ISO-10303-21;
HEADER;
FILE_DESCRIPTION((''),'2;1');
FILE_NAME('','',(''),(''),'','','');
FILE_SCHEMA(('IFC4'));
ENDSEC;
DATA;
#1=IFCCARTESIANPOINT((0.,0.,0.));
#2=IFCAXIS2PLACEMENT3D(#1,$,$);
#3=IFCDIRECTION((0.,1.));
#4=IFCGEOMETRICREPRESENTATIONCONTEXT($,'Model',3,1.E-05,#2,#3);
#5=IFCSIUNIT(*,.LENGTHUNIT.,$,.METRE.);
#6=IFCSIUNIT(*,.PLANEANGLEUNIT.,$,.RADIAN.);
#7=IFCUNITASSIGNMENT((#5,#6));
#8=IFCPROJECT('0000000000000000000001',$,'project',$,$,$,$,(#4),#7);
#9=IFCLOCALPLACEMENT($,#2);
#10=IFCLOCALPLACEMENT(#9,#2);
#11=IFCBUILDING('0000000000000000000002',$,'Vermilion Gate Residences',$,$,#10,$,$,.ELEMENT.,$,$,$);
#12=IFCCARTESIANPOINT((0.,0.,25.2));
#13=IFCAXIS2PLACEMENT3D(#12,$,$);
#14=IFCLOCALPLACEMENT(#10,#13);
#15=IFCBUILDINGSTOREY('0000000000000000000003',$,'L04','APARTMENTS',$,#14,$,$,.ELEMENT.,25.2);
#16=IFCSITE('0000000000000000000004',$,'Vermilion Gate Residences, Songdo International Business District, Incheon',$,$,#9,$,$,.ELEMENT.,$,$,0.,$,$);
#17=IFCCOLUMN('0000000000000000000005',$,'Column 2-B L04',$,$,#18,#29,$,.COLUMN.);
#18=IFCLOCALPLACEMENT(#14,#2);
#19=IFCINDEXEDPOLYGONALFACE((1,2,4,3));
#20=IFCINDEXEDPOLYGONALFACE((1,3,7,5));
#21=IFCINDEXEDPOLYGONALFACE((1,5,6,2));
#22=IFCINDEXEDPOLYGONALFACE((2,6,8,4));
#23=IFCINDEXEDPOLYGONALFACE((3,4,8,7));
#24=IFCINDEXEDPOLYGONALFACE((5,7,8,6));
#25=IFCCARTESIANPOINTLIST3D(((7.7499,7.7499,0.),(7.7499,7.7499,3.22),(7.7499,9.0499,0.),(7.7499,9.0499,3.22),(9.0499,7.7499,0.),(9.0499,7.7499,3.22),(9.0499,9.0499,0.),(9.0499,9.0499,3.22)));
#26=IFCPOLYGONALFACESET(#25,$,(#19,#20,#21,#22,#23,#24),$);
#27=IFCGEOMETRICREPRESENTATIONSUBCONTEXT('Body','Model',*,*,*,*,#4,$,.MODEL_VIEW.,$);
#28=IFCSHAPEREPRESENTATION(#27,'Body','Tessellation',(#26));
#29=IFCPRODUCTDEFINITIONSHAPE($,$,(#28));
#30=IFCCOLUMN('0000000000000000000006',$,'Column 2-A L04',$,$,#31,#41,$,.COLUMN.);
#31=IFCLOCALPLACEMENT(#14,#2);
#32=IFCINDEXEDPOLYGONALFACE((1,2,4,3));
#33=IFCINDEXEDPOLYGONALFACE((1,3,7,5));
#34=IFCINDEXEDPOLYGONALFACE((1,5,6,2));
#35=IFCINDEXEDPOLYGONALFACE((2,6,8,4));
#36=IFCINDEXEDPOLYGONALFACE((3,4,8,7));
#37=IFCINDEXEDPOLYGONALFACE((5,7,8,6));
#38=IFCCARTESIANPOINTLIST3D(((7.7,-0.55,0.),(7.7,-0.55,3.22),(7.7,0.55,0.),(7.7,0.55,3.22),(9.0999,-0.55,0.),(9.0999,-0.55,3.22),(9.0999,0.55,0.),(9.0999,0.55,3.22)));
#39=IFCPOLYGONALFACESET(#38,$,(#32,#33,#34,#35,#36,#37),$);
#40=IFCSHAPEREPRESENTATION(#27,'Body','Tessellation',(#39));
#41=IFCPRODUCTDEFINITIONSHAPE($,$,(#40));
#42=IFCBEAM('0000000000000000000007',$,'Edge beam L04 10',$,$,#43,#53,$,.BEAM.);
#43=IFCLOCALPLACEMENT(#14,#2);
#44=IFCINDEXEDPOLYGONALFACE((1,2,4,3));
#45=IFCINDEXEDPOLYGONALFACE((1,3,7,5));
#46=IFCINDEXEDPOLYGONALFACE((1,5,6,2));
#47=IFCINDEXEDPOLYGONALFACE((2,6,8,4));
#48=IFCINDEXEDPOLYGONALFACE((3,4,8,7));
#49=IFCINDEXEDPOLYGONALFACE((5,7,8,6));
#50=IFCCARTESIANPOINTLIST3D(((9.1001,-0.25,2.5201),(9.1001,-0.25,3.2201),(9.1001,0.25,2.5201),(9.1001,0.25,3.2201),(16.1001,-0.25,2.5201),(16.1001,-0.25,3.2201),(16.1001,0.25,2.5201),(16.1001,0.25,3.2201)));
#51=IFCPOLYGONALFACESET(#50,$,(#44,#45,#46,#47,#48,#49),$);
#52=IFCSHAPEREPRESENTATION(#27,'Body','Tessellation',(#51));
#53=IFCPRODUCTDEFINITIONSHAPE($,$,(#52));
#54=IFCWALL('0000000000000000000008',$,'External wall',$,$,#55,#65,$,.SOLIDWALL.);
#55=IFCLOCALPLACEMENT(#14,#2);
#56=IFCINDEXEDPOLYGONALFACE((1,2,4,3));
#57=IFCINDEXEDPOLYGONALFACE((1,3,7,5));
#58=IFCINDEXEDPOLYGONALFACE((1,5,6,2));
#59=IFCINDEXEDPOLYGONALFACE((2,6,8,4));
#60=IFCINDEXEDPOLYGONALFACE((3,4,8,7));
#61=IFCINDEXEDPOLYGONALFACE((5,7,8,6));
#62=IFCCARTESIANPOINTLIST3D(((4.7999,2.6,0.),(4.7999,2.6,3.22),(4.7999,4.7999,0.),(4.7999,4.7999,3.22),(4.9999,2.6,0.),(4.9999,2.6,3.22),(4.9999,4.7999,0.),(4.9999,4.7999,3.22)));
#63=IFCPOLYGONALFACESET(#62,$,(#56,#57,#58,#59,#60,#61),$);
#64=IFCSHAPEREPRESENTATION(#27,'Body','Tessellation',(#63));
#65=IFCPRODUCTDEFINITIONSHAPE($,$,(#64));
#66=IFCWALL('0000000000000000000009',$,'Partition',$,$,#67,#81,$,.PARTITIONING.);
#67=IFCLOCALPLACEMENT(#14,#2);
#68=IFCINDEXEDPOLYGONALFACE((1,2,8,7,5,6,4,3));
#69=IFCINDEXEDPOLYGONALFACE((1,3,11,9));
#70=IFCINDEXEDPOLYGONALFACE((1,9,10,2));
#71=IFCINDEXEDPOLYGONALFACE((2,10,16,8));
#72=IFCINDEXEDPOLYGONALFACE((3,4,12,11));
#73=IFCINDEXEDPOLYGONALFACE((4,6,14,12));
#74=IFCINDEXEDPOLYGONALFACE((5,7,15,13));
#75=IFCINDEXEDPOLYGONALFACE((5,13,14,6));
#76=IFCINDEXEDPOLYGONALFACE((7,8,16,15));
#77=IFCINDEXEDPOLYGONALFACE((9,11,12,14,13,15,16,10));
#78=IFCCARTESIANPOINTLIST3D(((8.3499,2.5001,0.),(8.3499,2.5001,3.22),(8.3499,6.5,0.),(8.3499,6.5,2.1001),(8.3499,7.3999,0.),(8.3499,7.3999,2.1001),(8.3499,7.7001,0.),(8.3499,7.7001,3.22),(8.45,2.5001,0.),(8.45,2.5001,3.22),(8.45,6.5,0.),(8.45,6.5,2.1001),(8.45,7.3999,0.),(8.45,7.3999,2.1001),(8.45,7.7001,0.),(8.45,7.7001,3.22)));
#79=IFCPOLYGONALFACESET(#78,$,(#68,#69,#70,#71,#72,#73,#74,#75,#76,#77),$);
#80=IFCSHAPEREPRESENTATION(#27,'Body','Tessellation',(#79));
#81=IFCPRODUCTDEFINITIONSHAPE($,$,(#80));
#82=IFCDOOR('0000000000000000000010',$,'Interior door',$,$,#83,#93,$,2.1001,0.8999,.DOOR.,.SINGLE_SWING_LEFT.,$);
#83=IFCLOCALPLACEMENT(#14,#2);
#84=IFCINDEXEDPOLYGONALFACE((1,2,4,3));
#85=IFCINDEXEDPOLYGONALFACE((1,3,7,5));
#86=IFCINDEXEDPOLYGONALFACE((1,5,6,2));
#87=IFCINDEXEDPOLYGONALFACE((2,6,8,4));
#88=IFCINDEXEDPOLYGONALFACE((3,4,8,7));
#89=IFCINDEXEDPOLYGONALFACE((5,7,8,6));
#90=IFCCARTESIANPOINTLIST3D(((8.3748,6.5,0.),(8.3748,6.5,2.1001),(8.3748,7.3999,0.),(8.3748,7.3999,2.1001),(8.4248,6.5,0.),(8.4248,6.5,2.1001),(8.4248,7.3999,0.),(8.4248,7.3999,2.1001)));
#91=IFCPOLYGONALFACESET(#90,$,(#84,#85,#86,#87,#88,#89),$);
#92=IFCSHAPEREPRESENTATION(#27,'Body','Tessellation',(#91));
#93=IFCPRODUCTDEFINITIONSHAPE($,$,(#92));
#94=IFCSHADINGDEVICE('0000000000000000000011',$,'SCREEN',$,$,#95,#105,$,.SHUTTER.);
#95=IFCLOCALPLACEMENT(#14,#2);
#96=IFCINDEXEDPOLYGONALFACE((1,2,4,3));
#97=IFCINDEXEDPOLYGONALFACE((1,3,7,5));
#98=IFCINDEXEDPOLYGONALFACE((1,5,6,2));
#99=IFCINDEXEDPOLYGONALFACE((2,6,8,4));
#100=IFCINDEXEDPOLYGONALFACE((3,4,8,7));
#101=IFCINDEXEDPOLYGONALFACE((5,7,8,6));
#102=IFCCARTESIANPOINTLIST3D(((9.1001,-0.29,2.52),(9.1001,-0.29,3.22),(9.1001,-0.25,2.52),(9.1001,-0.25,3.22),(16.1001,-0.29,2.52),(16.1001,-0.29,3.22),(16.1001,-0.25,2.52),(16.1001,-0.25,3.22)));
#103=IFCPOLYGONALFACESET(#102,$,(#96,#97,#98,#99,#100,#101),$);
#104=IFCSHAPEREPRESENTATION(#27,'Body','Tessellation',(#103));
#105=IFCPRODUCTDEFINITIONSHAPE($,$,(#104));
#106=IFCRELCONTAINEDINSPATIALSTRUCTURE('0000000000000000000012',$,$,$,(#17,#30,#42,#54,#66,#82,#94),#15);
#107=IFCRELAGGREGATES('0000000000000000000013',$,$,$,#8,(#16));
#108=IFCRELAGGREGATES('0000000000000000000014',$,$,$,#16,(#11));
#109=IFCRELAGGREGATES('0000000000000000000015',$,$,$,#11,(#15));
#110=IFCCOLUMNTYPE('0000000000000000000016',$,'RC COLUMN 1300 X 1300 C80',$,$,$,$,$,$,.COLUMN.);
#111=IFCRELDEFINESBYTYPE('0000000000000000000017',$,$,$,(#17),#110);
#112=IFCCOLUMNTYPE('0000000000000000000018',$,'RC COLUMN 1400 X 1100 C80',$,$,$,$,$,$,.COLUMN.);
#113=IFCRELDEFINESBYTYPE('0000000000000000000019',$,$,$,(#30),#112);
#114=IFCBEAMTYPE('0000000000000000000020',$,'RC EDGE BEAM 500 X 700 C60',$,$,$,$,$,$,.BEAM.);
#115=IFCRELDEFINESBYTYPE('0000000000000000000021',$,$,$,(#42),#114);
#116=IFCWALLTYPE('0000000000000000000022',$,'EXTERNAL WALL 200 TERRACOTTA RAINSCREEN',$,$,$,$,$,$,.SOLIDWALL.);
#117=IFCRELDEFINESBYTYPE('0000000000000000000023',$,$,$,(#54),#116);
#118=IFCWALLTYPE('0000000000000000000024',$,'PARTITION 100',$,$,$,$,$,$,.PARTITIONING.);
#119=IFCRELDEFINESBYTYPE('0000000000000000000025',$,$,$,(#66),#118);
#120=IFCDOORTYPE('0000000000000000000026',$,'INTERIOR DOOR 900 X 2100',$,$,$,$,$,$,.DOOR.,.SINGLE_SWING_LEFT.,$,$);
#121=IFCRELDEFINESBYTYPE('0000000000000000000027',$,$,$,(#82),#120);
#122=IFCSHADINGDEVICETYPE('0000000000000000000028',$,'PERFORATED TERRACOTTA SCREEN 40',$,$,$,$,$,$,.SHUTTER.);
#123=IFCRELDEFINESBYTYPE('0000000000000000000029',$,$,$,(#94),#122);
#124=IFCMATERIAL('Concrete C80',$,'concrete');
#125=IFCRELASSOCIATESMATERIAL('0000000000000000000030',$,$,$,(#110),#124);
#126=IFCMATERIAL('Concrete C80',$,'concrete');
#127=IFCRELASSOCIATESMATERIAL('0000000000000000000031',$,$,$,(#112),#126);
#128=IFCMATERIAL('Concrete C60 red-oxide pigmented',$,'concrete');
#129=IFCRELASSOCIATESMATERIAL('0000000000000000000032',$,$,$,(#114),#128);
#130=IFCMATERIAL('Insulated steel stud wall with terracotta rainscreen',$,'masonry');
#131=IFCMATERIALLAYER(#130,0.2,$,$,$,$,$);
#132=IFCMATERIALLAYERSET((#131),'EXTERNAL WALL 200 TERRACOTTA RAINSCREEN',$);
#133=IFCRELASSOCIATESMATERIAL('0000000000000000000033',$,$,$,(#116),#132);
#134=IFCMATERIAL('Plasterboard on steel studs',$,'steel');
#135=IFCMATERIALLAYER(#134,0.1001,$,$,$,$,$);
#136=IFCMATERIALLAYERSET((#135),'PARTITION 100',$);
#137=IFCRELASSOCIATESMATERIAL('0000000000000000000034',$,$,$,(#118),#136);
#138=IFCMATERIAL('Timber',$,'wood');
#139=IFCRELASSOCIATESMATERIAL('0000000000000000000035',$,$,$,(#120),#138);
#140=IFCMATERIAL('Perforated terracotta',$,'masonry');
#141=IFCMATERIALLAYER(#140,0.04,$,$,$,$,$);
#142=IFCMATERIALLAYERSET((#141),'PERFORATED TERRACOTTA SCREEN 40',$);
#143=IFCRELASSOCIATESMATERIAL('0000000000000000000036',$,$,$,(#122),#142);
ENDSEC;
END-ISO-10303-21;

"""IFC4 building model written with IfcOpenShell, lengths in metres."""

from ifc_helpers import new_model, si_unit, direction, frame, frame_2d, origin, origin_2d, place, context, subcontext, project, spatial, rectangle, extrude, material, layer, layer_set, material_profile, profile_set, type_object, element, fill, save


model = new_model("IFC4")

# Units and contexts
model_context = context("Model", 3, precision=1e-05, world=origin(), true_north=direction((0.0, 1.0)))
body_context = subcontext(model_context, "Body", "Model", "MODEL_VIEW")
ifc_project = project(units=[si_unit("LENGTHUNIT", "METRE"), si_unit("PLANEANGLEUNIT", "RADIAN")], contexts=[model_context])

# Site, building, storey
site_placement = place(None, origin())
site = spatial("IfcSite", under=ifc_project, at=site_placement, Name="Vermilion Gate Residences, Songdo International Business District, Incheon", CompositionType="ELEMENT", RefElevation=0.0)
building_placement = place(site_placement, origin())
building = spatial("IfcBuilding", under=site, at=building_placement, Name="Vermilion Gate Residences", CompositionType="ELEMENT")
storey_placement = place(building_placement, frame((0.0, 0.0, 25.2)))
storey = spatial("IfcBuildingStorey", under=building, at=storey_placement, Name="L04", Description="APARTMENTS", CompositionType="ELEMENT", Elevation=25.2)

# Columns
ifc_material_1 = material(Name="Concrete C80", Category="concrete")
ifc_material_profile_1 = material_profile(ifc_material_1, rectangle(XDim=1.3, YDim=1.3, at=origin_2d()), Name="RC-1300x1300")
ifc_profile_set_1 = profile_set([ifc_material_profile_1], Name="Concrete C80")
column_type_1 = type_object("IfcColumnType", Name="RC COLUMN 1300 X 1300 C80", PredefinedType="COLUMN", material=ifc_profile_set_1)
column_1_placement = place(storey_placement, frame((8.3999, 8.3999, 0.0), z_axis=(0.0, 0.0, 1.0), x_axis=(1.0, 0.0, 0.0)))
element("IfcColumn", 1, at=column_1_placement, inside=storey, type_object=column_type_1, Name="Column 2-B L04", PredefinedType="COLUMN", context=body_context, shape_type="SweptSolid", body=[
    extrude(rectangle(XDim=1.3, YDim=1.3, at=origin_2d()), origin(), (0.0, 0.0, 1.0), 3.22),
])
ifc_material_2 = material(Name="Concrete C80", Category="concrete")
ifc_material_profile_2 = material_profile(ifc_material_2, rectangle(XDim=1.3999, YDim=1.1001, at=origin_2d()), Name="RC-1400x1100")
ifc_profile_set_2 = profile_set([ifc_material_profile_2], Name="Concrete C80")
column_type_2 = type_object("IfcColumnType", Name="RC COLUMN 1400 X 1100 C80", PredefinedType="COLUMN", material=ifc_profile_set_2)
column_2_placement = place(storey_placement, frame((8.3999, 0.0, 0.0), z_axis=(0.0, 0.0, 1.0), x_axis=(1.0, 0.0, 0.0)))
element("IfcColumn", 2, at=column_2_placement, inside=storey, type_object=column_type_2, Name="Column 2-A L04", PredefinedType="COLUMN", context=body_context, shape_type="SweptSolid", body=[
    extrude(rectangle(XDim=1.3999, YDim=1.1001, at=origin_2d()), origin(), (0.0, 0.0, 1.0), 3.22),
])

# Beam
ifc_material_3 = material(Name="Concrete C60 red-oxide pigmented", Category="concrete")
ifc_material_profile_3 = material_profile(ifc_material_3, rectangle(XDim=0.5, YDim=0.7, at=origin_2d()), Name="RC-500x700")
ifc_profile_set_3 = profile_set([ifc_material_profile_3], Name="Concrete C60 red-oxide pigmented")
beam_type = type_object("IfcBeamType", Name="RC EDGE BEAM 500 X 700 C60", PredefinedType="BEAM", material=ifc_profile_set_3)
beam_placement = place(storey_placement, frame((9.1001, 0.0, 2.8701), z_axis=(1.0, 0.0, 0.0), x_axis=(0.0, 1.0, 0.0)))
element("IfcBeam", 3, at=beam_placement, inside=storey, type_object=beam_type, Name="Edge beam L04 10", PredefinedType="BEAM", context=body_context, shape_type="SweptSolid", body=[
    extrude(rectangle(XDim=0.5, YDim=0.7, at=origin_2d()), origin(), (0.0, 0.0, 1.0), 7.0),
])

# Wall
ifc_material_4 = material(Name="Insulated steel stud wall with terracotta rainscreen", Category="masonry")
ifc_layer_1 = layer(ifc_material_4, 0.2)
ifc_layer_set_1 = layer_set([ifc_layer_1], Name="EXTERNAL WALL 200 TERRACOTTA RAINSCREEN")
wall_type_1 = type_object("IfcWallType", Name="EXTERNAL WALL 200 TERRACOTTA RAINSCREEN", PredefinedType="SOLIDWALL", material=ifc_layer_set_1)
wall_1_placement = place(storey_placement, frame((4.8999, 4.8, 0.0), z_axis=(0.0, 0.0, 1.0), x_axis=(0.0, -1.0, 0.0)))
element("IfcWall", 4, at=wall_1_placement, inside=storey, type_object=wall_type_1, Name="External wall", PredefinedType="SOLIDWALL", context=body_context, shape_type="SweptSolid", body=[
    extrude(rectangle(XDim=2.2, YDim=0.2, at=frame_2d((1.1001, 0.0))), origin(), (0.0, 0.0, 1.0), 3.22),
])

# Wall, opening, door
ifc_material_5 = material(Name="Plasterboard on steel studs", Category="steel")
ifc_layer_2 = layer(ifc_material_5, 0.1001)
ifc_layer_set_2 = layer_set([ifc_layer_2], Name="PARTITION 100")
wall_type_2 = type_object("IfcWallType", Name="PARTITION 100", PredefinedType="PARTITIONING", material=ifc_layer_set_2)
wall_2_placement = place(storey_placement, frame((8.3999, 2.5, 0.0), z_axis=(0.0, 0.0, 1.0), x_axis=(0.0, 1.0, 0.0)))
wall_2 = element("IfcWall", 5, at=wall_2_placement, inside=storey, type_object=wall_type_2, Name="Partition", PredefinedType="PARTITIONING", context=body_context, shape_type="SweptSolid", body=[
    extrude(rectangle(XDim=5.2, YDim=0.1001, at=frame_2d((2.6001, 0.0))), origin(), (0.0, 0.0, 1.0), 3.22),
])
opening_1_placement = place(wall_2_placement, frame((4.0, 0.0, 0.0)))
opening_1 = element("IfcOpeningElement", 6, at=opening_1_placement, cuts=wall_2, PredefinedType="OPENING", context=body_context, shape_type="SweptSolid", body=[
    extrude(rectangle(XDim=0.8999, YDim=2.1001, at=frame_2d((0.45, 1.05))), frame((0.0, 0.0601, 0.0), z_axis=(0.0, -1.0, 0.0), x_axis=(1.0, 0.0, 0.0)), (0.0, 0.0, 1.0), 0.1201),
])
ifc_material_6 = material(Name="Timber", Category="wood")
door_type_1 = type_object("IfcDoorType", Name="INTERIOR DOOR 900 X 2100", OperationType="SINGLE_SWING_LEFT", PredefinedType="DOOR", material=ifc_material_6)
door_1_placement = place(opening_1_placement, frame((0.8999, 0.0, 0.0), z_axis=(0.0, 0.0, 1.0), x_axis=(-1.0, 0.0, 0.0)))
door_1 = element("IfcDoor", 7, at=door_1_placement, inside=storey, type_object=door_type_1, Name="Interior door", OperationType="SINGLE_SWING_LEFT", OverallHeight=2.1001, OverallWidth=0.8999, PredefinedType="DOOR", context=body_context, shape_type="SweptSolid", body=[
    extrude(rectangle(XDim=0.8999, YDim=2.1001, at=frame_2d((0.45, 1.05))), frame((0.0, 0.0249, 0.0), z_axis=(0.0, -1.0, 0.0), x_axis=(1.0, 0.0, 0.0)), (0.0, 0.0, 1.0), 0.05),
])
fill(opening_1, door_1)

# Shading device
ifc_material_7 = material(Name="Perforated terracotta", Category="masonry")
ifc_layer_3 = layer(ifc_material_7, 0.04)
ifc_layer_set_3 = layer_set([ifc_layer_3], Name="PERFORATED TERRACOTTA SCREEN 40")
shading_device_type = type_object("IfcShadingDeviceType", Name="PERFORATED TERRACOTTA SCREEN 40", PredefinedType="SHUTTER", material=ifc_layer_set_3)
shading_device_placement = place(storey_placement, frame((12.6001, -0.27, 2.52), z_axis=(0.0, 0.0, 1.0), x_axis=(1.0, 0.0, 0.0)))
element("IfcShadingDevice", 8, at=shading_device_placement, inside=storey, type_object=shading_device_type, Name="SCREEN", PredefinedType="SHUTTER", context=body_context, shape_type="SweptSolid", body=[
    extrude(rectangle(XDim=7.0, YDim=0.04, at=origin_2d()), origin(), (0.0, 0.0, 1.0), 0.7),
])

save(model, "model.ifc")
